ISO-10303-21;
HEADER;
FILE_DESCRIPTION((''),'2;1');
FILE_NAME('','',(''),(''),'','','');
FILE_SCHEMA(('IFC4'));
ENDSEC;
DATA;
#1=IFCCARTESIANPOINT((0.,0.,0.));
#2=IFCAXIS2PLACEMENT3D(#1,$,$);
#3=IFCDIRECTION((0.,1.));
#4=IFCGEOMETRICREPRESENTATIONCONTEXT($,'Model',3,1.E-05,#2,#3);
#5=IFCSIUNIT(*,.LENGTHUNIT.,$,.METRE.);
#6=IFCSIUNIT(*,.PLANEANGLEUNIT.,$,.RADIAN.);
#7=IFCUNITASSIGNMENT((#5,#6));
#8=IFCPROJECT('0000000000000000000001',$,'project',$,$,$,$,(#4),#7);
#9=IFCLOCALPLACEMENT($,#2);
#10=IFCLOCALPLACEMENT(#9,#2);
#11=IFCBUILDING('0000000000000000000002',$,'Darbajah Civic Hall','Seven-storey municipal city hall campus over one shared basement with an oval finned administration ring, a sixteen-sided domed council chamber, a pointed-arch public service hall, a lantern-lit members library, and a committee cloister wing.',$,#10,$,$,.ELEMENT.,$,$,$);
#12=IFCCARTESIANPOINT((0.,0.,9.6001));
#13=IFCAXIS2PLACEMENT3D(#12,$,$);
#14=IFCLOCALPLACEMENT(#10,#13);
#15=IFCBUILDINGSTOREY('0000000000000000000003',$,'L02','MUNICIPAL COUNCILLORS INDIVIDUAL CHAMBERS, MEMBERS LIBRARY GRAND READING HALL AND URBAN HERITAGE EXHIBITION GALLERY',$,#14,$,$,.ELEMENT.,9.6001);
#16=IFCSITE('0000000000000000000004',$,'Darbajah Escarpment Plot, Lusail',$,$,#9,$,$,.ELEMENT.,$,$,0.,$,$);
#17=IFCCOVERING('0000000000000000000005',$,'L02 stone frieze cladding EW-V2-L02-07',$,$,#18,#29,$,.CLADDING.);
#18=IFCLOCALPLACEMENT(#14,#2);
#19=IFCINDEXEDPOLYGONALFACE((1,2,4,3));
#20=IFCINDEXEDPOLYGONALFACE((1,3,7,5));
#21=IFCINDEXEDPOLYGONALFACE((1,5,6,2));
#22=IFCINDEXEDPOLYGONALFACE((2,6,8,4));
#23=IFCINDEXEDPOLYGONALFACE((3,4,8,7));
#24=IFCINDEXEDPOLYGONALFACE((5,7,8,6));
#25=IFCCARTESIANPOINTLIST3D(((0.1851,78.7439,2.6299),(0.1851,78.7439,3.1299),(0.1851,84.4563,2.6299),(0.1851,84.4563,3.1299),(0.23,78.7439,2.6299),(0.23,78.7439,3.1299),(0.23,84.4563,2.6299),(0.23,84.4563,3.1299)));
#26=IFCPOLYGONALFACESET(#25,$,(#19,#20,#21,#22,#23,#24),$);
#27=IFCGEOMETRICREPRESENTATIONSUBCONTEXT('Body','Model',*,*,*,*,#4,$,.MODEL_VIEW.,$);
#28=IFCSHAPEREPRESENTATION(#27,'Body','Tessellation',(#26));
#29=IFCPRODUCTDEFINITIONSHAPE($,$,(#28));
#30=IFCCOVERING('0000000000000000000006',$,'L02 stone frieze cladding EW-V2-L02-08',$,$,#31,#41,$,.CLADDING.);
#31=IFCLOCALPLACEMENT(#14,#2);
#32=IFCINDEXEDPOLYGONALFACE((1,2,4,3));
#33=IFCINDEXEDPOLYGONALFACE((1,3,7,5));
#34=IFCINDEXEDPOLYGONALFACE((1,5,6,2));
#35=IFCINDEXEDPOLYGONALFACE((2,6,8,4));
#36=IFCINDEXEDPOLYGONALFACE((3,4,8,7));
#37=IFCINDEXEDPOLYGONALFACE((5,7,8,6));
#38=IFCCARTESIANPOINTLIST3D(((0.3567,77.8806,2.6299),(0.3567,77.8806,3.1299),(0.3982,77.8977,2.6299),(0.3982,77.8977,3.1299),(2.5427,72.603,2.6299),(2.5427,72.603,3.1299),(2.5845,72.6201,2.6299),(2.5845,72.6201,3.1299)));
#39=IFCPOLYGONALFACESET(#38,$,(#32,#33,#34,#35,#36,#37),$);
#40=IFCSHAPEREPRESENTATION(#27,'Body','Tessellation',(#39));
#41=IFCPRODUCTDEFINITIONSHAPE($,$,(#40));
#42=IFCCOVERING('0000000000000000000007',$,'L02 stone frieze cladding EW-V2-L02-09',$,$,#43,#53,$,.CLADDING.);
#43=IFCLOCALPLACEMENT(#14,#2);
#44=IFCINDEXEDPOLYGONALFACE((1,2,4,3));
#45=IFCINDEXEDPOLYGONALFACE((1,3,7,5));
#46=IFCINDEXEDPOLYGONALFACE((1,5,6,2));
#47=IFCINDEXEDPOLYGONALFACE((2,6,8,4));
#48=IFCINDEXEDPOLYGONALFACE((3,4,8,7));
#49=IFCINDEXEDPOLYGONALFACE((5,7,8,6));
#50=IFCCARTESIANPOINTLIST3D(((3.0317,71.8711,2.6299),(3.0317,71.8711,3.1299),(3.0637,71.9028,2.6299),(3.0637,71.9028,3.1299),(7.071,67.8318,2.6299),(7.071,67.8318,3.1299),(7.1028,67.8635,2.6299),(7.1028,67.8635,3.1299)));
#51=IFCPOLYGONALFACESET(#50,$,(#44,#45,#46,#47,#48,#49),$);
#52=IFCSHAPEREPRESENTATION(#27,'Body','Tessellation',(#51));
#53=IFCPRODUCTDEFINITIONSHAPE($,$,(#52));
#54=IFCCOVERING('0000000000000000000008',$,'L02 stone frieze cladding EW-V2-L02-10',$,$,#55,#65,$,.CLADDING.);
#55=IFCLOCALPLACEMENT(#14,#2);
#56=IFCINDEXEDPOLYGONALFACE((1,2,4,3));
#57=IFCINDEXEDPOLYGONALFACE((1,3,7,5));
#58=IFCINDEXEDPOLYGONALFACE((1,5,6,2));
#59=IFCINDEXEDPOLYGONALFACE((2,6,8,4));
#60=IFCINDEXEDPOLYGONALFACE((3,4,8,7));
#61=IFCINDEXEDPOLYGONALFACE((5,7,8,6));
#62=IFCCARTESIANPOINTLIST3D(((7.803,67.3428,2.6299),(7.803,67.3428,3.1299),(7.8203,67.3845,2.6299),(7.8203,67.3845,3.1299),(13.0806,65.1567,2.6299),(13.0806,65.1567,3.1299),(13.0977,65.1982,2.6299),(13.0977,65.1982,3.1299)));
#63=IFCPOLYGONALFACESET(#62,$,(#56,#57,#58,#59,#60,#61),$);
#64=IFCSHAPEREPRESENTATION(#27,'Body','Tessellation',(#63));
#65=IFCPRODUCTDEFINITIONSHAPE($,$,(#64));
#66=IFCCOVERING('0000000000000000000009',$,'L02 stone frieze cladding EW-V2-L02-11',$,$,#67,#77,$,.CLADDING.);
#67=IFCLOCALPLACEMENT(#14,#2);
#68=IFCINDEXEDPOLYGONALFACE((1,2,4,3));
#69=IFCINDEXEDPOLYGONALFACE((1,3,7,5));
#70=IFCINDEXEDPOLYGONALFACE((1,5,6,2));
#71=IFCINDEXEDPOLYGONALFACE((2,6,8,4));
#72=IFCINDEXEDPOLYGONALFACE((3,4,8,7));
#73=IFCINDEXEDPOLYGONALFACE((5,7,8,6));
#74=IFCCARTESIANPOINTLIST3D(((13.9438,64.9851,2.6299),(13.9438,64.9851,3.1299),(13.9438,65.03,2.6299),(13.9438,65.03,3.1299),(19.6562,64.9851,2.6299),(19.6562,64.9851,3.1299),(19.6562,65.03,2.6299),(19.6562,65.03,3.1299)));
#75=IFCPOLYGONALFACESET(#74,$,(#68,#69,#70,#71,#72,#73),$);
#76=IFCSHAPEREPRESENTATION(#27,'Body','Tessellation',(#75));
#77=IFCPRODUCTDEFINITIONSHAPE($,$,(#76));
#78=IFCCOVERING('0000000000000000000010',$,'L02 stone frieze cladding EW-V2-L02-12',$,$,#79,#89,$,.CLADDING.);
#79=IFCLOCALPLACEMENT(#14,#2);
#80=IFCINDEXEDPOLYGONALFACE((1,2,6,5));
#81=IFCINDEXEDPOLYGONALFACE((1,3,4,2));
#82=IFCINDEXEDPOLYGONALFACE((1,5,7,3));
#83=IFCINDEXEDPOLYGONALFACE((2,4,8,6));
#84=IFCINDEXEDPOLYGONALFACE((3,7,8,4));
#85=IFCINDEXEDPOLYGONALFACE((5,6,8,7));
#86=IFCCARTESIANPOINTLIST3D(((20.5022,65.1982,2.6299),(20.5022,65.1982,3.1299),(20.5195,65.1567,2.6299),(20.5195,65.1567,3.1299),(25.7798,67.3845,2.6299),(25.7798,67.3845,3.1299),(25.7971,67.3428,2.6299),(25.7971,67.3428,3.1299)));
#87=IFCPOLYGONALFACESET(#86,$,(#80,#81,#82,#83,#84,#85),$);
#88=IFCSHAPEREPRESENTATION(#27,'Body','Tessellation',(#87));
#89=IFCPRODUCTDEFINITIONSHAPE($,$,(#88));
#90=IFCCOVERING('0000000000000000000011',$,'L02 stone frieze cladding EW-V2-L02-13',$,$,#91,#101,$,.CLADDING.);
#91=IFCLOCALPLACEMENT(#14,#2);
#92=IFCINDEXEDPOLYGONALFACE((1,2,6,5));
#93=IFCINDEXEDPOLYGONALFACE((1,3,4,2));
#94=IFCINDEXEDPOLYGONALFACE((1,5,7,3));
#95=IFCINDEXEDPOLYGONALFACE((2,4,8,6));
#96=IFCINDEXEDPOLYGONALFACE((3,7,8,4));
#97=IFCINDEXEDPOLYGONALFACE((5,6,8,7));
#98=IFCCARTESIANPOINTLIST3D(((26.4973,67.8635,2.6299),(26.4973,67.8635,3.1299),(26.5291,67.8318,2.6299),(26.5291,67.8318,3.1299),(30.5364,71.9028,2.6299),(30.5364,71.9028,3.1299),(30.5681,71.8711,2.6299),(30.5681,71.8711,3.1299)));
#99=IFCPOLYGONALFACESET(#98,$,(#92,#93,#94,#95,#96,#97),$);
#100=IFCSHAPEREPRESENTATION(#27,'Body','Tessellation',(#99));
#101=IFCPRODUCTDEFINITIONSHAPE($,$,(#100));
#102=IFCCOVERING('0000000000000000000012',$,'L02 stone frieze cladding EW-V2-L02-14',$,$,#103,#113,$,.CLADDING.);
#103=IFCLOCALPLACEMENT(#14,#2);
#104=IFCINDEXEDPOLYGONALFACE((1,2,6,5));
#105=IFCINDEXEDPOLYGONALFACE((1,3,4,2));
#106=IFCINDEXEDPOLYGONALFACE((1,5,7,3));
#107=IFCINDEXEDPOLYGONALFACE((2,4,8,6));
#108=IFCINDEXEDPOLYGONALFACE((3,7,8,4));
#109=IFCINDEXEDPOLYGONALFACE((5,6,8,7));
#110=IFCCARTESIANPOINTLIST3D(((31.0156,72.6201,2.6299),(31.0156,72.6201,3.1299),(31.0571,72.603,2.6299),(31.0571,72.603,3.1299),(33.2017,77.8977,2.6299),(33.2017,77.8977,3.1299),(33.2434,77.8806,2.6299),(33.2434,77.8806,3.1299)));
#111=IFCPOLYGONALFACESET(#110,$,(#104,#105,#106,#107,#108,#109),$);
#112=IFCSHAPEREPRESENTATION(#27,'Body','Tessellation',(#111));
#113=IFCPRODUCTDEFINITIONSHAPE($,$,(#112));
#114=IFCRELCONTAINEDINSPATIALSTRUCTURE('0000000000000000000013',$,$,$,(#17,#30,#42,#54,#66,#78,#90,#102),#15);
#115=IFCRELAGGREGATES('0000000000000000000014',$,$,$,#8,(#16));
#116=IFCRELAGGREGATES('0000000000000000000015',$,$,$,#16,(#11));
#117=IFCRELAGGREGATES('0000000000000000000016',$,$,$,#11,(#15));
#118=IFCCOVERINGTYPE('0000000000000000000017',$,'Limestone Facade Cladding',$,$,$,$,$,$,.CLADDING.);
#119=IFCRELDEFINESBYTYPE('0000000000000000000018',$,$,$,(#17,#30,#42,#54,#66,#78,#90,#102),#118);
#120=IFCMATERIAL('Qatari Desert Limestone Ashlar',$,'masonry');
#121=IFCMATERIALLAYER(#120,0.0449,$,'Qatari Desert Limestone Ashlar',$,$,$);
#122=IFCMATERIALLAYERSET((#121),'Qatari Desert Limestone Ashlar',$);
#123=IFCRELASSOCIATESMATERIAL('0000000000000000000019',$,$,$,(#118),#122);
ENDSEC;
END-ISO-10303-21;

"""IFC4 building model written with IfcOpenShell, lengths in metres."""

from ifc_helpers import new_model, si_unit, direction, frame, origin, place, context, subcontext, project, spatial, polyline, outline, extrude, material, layer, layer_set, type_object, element, save


model = new_model("IFC4")

# Units and contexts
model_context = context("Model", 3, precision=1e-05, world=origin(), true_north=direction((0.0, 1.0)))
body_context = subcontext(model_context, "Body", "Model", "MODEL_VIEW")
ifc_project = project(units=[si_unit("LENGTHUNIT", "METRE"), si_unit("PLANEANGLEUNIT", "RADIAN")], contexts=[model_context])

# Site, building, storey
site_placement = place(None, origin())
site = spatial("IfcSite", under=ifc_project, at=site_placement, Name="Darbajah Escarpment Plot, Lusail", CompositionType="ELEMENT", RefElevation=0.0)
building_placement = place(site_placement, origin())
building = spatial("IfcBuilding", under=site, at=building_placement, Name="Darbajah Civic Hall", Description="Seven-storey municipal city hall campus over one shared basement with an oval finned administration ring, a sixteen-sided domed council chamber, a pointed-arch public service hall, a lantern-lit members library, and a committee cloister wing.", CompositionType="ELEMENT")
storey_placement = place(building_placement, frame((0.0, 0.0, 9.6001)))
storey = spatial("IfcBuildingStorey", under=building, at=storey_placement, Name="L02", Description="MUNICIPAL COUNCILLORS INDIVIDUAL CHAMBERS, MEMBERS LIBRARY GRAND READING HALL AND URBAN HERITAGE EXHIBITION GALLERY", CompositionType="ELEMENT", Elevation=9.6001)

# Coverings
ifc_material_1 = material(Name="Qatari Desert Limestone Ashlar", Category="masonry")
ifc_layer_1 = layer(ifc_material_1, 0.0449, Name="Qatari Desert Limestone Ashlar")
ifc_layer_set_1 = layer_set([ifc_layer_1], Name="Qatari Desert Limestone Ashlar")
covering_type_1 = type_object("IfcCoveringType", Name="Limestone Facade Cladding", PredefinedType="CLADDING", material=ifc_layer_set_1)
covering_1_placement = place(storey_placement, frame((0.0, 0.0, 2.6299)))
element("IfcCovering", 1, at=covering_1_placement, inside=storey, type_object=covering_type_1, Name="L02 stone frieze cladding EW-V2-L02-07", PredefinedType="CLADDING", context=body_context, shape_type="SweptSolid", body=[
    extrude(outline(polyline([(0.23, 84.4563), (0.23, 78.7439), (0.1851, 78.7439), (0.1851, 84.4563), (0.23, 84.4563)])), origin(), (0.0, 0.0, 1.0), 0.5),
])
covering_2_placement = place(storey_placement, frame((0.0, 0.0, 2.6299)))
element("IfcCovering", 2, at=covering_2_placement, inside=storey, type_object=covering_type_1, Name="L02 stone frieze cladding EW-V2-L02-08", PredefinedType="CLADDING", context=body_context, shape_type="SweptSolid", body=[
    extrude(outline(polyline([(0.3982, 77.8977), (2.5845, 72.6201), (2.5427, 72.603), (0.3567, 77.8806), (0.3982, 77.8977)])), origin(), (0.0, 0.0, 1.0), 0.5),
])
covering_3_placement = place(storey_placement, frame((0.0, 0.0, 2.6299)))
element("IfcCovering", 3, at=covering_3_placement, inside=storey, type_object=covering_type_1, Name="L02 stone frieze cladding EW-V2-L02-09", PredefinedType="CLADDING", context=body_context, shape_type="SweptSolid", body=[
    extrude(outline(polyline([(3.0637, 71.9028), (7.1028, 67.8635), (7.071, 67.8318), (3.0317, 71.8711), (3.0637, 71.9028)])), origin(), (0.0, 0.0, 1.0), 0.5),
])
covering_4_placement = place(storey_placement, frame((0.0, 0.0, 2.6299)))
element("IfcCovering", 4, at=covering_4_placement, inside=storey, type_object=covering_type_1, Name="L02 stone frieze cladding EW-V2-L02-10", PredefinedType="CLADDING", context=body_context, shape_type="SweptSolid", body=[
    extrude(outline(polyline([(7.8203, 67.3845), (13.0977, 65.1982), (13.0806, 65.1567), (7.803, 67.3428), (7.8203, 67.3845)])), origin(), (0.0, 0.0, 1.0), 0.5),
])
covering_5_placement = place(storey_placement, frame((0.0, 0.0, 2.6299)))
element("IfcCovering", 5, at=covering_5_placement, inside=storey, type_object=covering_type_1, Name="L02 stone frieze cladding EW-V2-L02-11", PredefinedType="CLADDING", context=body_context, shape_type="SweptSolid", body=[
    extrude(outline(polyline([(13.9438, 65.03), (19.6562, 65.03), (19.6562, 64.9851), (13.9438, 64.9851), (13.9438, 65.03)])), origin(), (0.0, 0.0, 1.0), 0.5),
])
covering_6_placement = place(storey_placement, frame((0.0, 0.0, 2.6299)))
element("IfcCovering", 6, at=covering_6_placement, inside=storey, type_object=covering_type_1, Name="L02 stone frieze cladding EW-V2-L02-12", PredefinedType="CLADDING", context=body_context, shape_type="SweptSolid", body=[
    extrude(outline(polyline([(20.5022, 65.1982), (25.7798, 67.3845), (25.7971, 67.3428), (20.5195, 65.1567), (20.5022, 65.1982)])), origin(), (0.0, 0.0, 1.0), 0.5),
])
covering_7_placement = place(storey_placement, frame((0.0, 0.0, 2.6299)))
element("IfcCovering", 7, at=covering_7_placement, inside=storey, type_object=covering_type_1, Name="L02 stone frieze cladding EW-V2-L02-13", PredefinedType="CLADDING", context=body_context, shape_type="SweptSolid", body=[
    extrude(outline(polyline([(26.4973, 67.8635), (30.5364, 71.9028), (30.5681, 71.8711), (26.5291, 67.8318), (26.4973, 67.8635)])), origin(), (0.0, 0.0, 1.0), 0.5),
])
covering_8_placement = place(storey_placement, frame((0.0, 0.0, 2.6299)))
element("IfcCovering", 8, at=covering_8_placement, inside=storey, type_object=covering_type_1, Name="L02 stone frieze cladding EW-V2-L02-14", PredefinedType="CLADDING", context=body_context, shape_type="SweptSolid", body=[
    extrude(outline(polyline([(31.0156, 72.6201), (33.2017, 77.8977), (33.2434, 77.8806), (31.0571, 72.603), (31.0156, 72.6201)])), origin(), (0.0, 0.0, 1.0), 0.5),
])

save(model, "model.ifc")
